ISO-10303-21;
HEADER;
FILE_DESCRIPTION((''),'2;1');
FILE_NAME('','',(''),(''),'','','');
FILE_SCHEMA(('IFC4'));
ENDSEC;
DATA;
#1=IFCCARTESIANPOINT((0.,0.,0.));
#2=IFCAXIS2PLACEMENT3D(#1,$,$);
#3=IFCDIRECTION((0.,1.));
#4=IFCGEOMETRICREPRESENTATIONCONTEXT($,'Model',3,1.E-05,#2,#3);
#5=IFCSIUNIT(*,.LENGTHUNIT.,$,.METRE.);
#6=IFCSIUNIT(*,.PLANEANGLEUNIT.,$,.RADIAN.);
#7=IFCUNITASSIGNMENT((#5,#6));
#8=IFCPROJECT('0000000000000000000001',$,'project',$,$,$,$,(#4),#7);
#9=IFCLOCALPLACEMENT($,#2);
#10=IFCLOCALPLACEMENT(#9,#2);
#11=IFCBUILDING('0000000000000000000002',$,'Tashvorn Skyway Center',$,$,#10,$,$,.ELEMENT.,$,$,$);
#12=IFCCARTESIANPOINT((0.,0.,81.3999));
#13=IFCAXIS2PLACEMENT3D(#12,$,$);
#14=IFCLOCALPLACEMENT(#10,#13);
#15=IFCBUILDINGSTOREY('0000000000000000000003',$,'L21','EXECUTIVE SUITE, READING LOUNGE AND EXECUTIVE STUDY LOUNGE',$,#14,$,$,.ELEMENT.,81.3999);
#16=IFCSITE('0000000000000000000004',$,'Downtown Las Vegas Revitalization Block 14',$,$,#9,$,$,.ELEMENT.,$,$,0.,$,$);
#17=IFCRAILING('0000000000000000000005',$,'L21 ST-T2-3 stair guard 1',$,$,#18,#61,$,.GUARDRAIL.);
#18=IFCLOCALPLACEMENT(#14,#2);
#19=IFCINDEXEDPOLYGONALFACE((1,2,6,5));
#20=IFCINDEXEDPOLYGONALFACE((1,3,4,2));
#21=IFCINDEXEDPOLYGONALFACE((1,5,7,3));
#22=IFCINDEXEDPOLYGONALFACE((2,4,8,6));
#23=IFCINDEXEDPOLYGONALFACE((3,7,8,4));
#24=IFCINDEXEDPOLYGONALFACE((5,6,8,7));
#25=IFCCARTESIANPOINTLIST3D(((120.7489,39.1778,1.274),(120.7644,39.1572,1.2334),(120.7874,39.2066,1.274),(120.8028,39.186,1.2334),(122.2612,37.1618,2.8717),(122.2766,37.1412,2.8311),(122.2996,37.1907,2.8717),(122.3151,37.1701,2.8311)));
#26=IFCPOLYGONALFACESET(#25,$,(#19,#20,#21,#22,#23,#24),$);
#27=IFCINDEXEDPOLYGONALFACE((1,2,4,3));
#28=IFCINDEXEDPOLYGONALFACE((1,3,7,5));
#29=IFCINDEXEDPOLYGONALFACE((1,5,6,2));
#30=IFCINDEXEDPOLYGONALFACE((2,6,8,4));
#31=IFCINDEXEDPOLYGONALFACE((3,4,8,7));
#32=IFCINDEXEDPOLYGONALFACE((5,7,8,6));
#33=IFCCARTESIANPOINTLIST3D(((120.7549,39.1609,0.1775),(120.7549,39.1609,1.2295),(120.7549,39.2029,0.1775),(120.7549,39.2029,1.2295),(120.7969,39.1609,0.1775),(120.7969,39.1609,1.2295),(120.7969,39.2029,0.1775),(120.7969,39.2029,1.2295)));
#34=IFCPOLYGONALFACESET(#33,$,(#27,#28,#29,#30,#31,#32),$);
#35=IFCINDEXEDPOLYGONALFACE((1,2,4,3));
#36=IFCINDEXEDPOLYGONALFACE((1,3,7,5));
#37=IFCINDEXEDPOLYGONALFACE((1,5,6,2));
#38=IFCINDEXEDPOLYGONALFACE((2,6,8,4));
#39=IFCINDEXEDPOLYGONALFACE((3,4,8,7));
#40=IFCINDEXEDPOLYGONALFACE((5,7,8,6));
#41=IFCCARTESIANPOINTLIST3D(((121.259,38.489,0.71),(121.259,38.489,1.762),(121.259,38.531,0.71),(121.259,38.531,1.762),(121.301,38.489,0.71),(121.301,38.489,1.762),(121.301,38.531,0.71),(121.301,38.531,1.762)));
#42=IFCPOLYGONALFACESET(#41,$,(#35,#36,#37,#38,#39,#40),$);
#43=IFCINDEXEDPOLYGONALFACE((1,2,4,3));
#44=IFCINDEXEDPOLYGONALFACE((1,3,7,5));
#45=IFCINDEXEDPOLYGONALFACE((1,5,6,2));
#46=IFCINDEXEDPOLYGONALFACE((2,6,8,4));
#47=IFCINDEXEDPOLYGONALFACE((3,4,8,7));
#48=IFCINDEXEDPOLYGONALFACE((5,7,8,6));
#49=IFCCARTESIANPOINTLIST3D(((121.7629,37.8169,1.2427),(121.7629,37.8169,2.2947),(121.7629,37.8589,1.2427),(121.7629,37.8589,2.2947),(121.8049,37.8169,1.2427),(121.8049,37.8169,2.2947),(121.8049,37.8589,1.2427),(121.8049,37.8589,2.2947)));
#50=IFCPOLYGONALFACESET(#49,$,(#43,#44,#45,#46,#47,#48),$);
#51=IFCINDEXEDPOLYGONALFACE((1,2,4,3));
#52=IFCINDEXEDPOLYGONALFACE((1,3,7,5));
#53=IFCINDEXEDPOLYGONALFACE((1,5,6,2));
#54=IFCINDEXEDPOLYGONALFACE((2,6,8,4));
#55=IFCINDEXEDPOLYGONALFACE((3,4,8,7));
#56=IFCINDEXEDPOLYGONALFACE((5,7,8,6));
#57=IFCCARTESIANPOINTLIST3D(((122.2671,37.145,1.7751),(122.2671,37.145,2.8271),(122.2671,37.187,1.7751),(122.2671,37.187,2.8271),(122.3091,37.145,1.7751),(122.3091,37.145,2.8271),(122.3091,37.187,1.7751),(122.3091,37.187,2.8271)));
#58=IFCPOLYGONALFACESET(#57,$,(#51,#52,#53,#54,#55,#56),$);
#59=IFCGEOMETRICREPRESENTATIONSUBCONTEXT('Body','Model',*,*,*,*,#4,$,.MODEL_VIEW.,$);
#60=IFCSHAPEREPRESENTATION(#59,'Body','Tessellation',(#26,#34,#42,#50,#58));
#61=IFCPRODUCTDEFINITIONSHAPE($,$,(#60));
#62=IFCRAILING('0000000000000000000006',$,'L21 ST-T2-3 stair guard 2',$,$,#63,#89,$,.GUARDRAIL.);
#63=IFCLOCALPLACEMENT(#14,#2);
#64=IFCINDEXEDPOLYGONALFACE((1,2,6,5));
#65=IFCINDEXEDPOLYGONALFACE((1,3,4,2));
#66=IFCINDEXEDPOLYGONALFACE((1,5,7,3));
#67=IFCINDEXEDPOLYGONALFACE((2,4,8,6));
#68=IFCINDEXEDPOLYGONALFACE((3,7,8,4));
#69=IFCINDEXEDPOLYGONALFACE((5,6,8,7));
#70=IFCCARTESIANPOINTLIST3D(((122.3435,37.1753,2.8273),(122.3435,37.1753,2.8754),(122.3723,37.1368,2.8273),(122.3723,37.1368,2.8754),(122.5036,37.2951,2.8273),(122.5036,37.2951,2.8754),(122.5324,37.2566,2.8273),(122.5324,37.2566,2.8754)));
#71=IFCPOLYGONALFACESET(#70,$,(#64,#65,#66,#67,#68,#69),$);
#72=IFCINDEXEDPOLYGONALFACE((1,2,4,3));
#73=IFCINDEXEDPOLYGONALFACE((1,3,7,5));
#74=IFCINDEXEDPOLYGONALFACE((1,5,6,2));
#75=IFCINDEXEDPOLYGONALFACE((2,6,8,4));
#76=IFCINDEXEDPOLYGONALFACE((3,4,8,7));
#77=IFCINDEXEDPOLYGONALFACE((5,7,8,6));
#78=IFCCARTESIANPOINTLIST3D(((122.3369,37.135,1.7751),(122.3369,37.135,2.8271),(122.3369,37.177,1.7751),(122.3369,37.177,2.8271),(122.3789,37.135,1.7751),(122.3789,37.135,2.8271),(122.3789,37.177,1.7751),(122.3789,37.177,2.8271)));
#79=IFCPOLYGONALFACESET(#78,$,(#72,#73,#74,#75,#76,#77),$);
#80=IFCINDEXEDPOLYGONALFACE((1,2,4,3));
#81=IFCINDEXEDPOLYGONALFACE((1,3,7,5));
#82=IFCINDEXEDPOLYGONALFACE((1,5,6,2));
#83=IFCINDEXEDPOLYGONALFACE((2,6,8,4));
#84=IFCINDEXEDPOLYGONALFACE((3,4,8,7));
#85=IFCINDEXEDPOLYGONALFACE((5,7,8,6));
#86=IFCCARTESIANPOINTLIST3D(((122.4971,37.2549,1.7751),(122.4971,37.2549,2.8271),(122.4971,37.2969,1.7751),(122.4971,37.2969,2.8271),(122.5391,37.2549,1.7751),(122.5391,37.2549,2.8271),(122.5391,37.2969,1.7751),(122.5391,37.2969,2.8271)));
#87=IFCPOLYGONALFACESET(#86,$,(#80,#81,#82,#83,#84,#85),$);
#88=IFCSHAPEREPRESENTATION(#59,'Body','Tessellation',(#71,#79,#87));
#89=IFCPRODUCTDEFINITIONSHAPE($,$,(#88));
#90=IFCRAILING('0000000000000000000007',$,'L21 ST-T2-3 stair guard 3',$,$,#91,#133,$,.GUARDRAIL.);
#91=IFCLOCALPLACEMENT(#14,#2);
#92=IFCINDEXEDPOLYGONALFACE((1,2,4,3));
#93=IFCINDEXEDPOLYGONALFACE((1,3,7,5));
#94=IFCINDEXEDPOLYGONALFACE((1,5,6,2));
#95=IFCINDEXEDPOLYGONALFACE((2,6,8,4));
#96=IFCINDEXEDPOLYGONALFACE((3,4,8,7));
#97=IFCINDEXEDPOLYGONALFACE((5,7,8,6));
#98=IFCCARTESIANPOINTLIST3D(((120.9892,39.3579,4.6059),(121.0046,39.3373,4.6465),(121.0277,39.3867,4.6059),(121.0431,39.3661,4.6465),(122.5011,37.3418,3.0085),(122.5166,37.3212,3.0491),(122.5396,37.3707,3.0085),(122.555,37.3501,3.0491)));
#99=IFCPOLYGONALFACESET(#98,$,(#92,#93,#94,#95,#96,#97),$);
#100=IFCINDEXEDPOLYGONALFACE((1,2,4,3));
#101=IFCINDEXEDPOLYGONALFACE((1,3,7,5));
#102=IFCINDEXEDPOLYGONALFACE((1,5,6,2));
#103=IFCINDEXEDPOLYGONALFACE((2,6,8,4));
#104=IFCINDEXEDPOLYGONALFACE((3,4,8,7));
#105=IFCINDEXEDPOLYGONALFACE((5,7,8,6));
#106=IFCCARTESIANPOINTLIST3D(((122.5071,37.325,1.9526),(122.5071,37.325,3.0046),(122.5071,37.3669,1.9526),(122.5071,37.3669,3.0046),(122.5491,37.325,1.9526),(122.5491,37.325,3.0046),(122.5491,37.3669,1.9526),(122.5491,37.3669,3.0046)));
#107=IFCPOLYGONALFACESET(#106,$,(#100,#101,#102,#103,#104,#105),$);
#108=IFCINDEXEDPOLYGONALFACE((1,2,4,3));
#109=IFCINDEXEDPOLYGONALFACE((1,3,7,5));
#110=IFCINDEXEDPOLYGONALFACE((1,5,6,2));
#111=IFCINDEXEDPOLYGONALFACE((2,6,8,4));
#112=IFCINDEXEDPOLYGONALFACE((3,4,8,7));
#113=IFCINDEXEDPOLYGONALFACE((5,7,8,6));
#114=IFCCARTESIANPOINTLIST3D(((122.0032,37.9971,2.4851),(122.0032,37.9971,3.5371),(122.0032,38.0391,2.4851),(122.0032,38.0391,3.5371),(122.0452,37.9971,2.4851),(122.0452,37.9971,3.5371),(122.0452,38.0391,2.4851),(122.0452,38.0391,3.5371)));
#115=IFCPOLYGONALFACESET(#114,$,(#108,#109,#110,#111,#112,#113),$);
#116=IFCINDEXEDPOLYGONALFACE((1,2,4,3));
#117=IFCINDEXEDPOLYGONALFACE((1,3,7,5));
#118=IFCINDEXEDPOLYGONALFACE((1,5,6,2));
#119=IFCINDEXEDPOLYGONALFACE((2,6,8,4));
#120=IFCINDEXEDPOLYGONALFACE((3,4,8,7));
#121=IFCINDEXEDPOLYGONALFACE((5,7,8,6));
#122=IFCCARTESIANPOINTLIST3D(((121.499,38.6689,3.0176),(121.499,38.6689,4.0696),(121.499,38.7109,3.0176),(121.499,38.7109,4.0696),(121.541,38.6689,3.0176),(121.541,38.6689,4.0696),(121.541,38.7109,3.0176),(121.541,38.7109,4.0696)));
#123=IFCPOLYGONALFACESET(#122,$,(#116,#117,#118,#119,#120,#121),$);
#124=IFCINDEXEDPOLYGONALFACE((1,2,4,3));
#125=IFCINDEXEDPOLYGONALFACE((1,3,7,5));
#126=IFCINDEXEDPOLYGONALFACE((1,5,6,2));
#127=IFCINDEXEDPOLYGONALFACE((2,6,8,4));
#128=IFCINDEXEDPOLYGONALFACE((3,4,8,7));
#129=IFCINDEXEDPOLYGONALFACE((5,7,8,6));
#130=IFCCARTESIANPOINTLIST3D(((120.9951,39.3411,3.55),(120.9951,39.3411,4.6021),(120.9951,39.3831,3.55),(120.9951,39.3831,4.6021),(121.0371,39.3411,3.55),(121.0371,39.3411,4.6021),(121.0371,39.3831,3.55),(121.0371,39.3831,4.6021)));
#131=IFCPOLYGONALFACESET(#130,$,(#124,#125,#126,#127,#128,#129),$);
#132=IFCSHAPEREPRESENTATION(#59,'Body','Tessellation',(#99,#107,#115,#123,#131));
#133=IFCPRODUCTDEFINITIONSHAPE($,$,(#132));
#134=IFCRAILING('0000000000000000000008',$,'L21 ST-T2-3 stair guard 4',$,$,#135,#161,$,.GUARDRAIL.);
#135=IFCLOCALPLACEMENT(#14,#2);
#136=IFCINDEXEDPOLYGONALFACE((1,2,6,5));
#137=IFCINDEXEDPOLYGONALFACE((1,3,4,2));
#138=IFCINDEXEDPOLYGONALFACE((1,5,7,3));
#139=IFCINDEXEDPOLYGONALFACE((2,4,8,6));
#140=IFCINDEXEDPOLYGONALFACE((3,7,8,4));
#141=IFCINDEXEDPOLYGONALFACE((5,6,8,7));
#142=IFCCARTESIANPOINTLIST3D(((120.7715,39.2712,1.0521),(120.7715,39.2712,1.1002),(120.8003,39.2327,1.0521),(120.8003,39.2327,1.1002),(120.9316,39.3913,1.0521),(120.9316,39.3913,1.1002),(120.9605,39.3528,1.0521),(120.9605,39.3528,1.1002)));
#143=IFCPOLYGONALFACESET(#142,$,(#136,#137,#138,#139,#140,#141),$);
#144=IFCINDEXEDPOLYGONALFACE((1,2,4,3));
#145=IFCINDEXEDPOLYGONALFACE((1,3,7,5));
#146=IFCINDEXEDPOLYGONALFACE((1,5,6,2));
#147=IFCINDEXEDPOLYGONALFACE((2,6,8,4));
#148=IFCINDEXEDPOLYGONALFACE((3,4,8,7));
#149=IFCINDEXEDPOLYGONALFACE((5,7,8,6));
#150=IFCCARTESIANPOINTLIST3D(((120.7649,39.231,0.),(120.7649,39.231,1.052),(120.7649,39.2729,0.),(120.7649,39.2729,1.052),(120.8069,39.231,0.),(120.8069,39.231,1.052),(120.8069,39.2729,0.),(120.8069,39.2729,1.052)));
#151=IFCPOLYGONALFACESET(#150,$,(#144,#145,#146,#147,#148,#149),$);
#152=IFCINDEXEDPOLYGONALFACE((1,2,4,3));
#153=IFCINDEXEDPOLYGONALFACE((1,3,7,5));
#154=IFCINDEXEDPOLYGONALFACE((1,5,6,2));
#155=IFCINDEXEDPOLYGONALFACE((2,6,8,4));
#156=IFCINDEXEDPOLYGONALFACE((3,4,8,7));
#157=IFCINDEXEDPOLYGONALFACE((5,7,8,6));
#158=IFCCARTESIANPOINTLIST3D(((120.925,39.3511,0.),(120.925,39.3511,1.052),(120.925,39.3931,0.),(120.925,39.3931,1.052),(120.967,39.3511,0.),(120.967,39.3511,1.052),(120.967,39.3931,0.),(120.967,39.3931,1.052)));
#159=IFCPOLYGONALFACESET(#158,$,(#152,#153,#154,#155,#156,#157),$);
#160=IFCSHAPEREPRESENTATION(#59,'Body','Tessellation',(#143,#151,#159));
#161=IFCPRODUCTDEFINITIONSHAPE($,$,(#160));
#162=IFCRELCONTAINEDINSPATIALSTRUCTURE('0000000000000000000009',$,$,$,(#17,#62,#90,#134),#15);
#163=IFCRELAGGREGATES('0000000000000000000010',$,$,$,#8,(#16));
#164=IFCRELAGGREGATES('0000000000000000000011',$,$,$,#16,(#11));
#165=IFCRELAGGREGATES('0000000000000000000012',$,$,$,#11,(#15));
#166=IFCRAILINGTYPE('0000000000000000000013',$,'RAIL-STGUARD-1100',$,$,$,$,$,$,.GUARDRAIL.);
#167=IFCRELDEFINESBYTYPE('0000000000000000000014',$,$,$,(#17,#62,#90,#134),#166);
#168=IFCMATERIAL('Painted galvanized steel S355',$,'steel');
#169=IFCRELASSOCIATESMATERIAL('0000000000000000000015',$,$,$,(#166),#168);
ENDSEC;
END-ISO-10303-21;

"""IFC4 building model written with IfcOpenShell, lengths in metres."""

from ifc_helpers import new_model, si_unit, direction, frame, origin, origin_2d, place, context, subcontext, project, spatial, rectangle, extrude, material, type_object, element, save


model = new_model("IFC4")

# Units and contexts
model_context = context("Model", 3, precision=1e-05, world=origin(), true_north=direction((0.0, 1.0)))
body_context = subcontext(model_context, "Body", "Model", "MODEL_VIEW")
ifc_project = project(units=[si_unit("LENGTHUNIT", "METRE"), si_unit("PLANEANGLEUNIT", "RADIAN")], contexts=[model_context])

# Site, building, storey
site_placement = place(None, origin())
site = spatial("IfcSite", under=ifc_project, at=site_placement, Name="Downtown Las Vegas Revitalization Block 14", CompositionType="ELEMENT", RefElevation=0.0)
building_placement = place(site_placement, origin())
building = spatial("IfcBuilding", under=site, at=building_placement, Name="Tashvorn Skyway Center", CompositionType="ELEMENT")
storey_placement = place(building_placement, frame((0.0, 0.0, 81.3999)))
storey = spatial("IfcBuildingStorey", under=building, at=storey_placement, Name="L21", Description="EXECUTIVE SUITE, READING LOUNGE AND EXECUTIVE STUDY LOUNGE", CompositionType="ELEMENT", Elevation=81.3999)

# Railings
ifc_material_1 = material(Name="Painted galvanized steel S355", Category="steel")
railing_type_1 = type_object("IfcRailingType", Name="RAIL-STGUARD-1100", PredefinedType="GUARDRAIL", material=ifc_material_1)
railing_1_placement = place(storey_placement, frame((120.7759, 39.1819, 0.1775)))
element("IfcRailing", 1, at=railing_1_placement, inside=storey, type_object=railing_type_1, Name="L21 ST-T2-3 stair guard 1", PredefinedType="GUARDRAIL", context=body_context, shape_type="SweptSolid", body=[
    extrude(rectangle(XDim=0.0481, YDim=0.0481, at=origin_2d()), frame((0.0, 0.0, 1.0762), z_axis=(0.506807, -0.675607, 0.535445), x_axis=(0.799942, 0.600078, 0.0)), (0.0, 0.0, 1.0), 2.9839),
    extrude(rectangle(XDim=0.042, YDim=0.042, at=origin_2d()), origin(), (0.0, 0.0, 1.0), 1.052),
    extrude(rectangle(XDim=0.042, YDim=0.042, at=origin_2d()), frame((0.5042, -0.6719, 0.5325)), (0.0, 0.0, 1.0), 1.052),
    extrude(rectangle(XDim=0.042, YDim=0.042, at=origin_2d()), frame((1.0081, -1.344, 1.0652)), (0.0, 0.0, 1.0), 1.052),
    extrude(rectangle(XDim=0.042, YDim=0.042, at=origin_2d()), frame((1.5122, -2.0159, 1.5977)), (0.0, 0.0, 1.0), 1.052),
])
railing_2_placement = place(storey_placement, frame((122.3579, 37.156, 1.7751)))
element("IfcRailing", 2, at=railing_2_placement, inside=storey, type_object=railing_type_1, Name="L21 ST-T2-3 stair guard 2", PredefinedType="GUARDRAIL", context=body_context, shape_type="SweptSolid", body=[
    extrude(rectangle(XDim=0.0481, YDim=0.0481, at=origin_2d()), frame((0.0, 0.0, 1.0762), z_axis=(0.800585, 0.599219, 0.0), x_axis=(-0.599219, 0.800585, 0.0)), (0.0, 0.0, 1.0), 0.2),
    extrude(rectangle(XDim=0.042, YDim=0.042, at=origin_2d()), origin(), (0.0, 0.0, 1.0), 1.052),
    extrude(rectangle(XDim=0.042, YDim=0.042, at=origin_2d()), frame((0.1602, 0.1199, 0.0)), (0.0, 0.0, 1.0), 1.052),
])
railing_3_placement = place(storey_placement, frame((122.5281, 37.3459, 1.9526)))
element("IfcRailing", 3, at=railing_3_placement, inside=storey, type_object=railing_type_1, Name="L21 ST-T2-3 stair guard 3", PredefinedType="GUARDRAIL", context=body_context, shape_type="SweptSolid", body=[
    extrude(rectangle(XDim=0.0481, YDim=0.0481, at=origin_2d()), frame((0.0, 0.0, 1.0762), z_axis=(-0.506741, 0.675709, 0.535379), x_axis=(-0.800023, -0.599969, 0.0)), (0.0, 0.0, 1.0), 2.9836),
    extrude(rectangle(XDim=0.042, YDim=0.042, at=origin_2d()), origin(), (0.0, 0.0, 1.0), 1.052),
    extrude(rectangle(XDim=0.042, YDim=0.042, at=origin_2d()), frame((-0.5039, 0.6721, 0.5325)), (0.0, 0.0, 1.0), 1.052),
    extrude(rectangle(XDim=0.042, YDim=0.042, at=origin_2d()), frame((-1.0081, 1.344, 1.0649)), (0.0, 0.0, 1.0), 1.052),
    extrude(rectangle(XDim=0.042, YDim=0.042, at=origin_2d()), frame((-1.512, 2.0161, 1.5974)), (0.0, 0.0, 1.0), 1.052),
])
railing_4_placement = place(storey_placement, frame((120.7859, 39.252, 0.0)))
element("IfcRailing", 4, at=railing_4_placement, inside=storey, type_object=railing_type_1, Name="L21 ST-T2-3 stair guard 4", PredefinedType="GUARDRAIL", context=body_context, shape_type="SweptSolid", body=[
    extrude(rectangle(XDim=0.0481, YDim=0.0481, at=origin_2d()), frame((0.0, 0.0, 1.0762), z_axis=(0.8, 0.6, 0.0), x_axis=(-0.6, 0.8, 0.0)), (0.0, 0.0, 1.0), 0.2002),
    extrude(rectangle(XDim=0.042, YDim=0.042, at=origin_2d()), origin(), (0.0, 0.0, 1.0), 1.052),
    extrude(rectangle(XDim=0.042, YDim=0.042, at=origin_2d()), frame((0.1602, 0.1201, 0.0)), (0.0, 0.0, 1.0), 1.052),
])

save(model, "model.ifc")
